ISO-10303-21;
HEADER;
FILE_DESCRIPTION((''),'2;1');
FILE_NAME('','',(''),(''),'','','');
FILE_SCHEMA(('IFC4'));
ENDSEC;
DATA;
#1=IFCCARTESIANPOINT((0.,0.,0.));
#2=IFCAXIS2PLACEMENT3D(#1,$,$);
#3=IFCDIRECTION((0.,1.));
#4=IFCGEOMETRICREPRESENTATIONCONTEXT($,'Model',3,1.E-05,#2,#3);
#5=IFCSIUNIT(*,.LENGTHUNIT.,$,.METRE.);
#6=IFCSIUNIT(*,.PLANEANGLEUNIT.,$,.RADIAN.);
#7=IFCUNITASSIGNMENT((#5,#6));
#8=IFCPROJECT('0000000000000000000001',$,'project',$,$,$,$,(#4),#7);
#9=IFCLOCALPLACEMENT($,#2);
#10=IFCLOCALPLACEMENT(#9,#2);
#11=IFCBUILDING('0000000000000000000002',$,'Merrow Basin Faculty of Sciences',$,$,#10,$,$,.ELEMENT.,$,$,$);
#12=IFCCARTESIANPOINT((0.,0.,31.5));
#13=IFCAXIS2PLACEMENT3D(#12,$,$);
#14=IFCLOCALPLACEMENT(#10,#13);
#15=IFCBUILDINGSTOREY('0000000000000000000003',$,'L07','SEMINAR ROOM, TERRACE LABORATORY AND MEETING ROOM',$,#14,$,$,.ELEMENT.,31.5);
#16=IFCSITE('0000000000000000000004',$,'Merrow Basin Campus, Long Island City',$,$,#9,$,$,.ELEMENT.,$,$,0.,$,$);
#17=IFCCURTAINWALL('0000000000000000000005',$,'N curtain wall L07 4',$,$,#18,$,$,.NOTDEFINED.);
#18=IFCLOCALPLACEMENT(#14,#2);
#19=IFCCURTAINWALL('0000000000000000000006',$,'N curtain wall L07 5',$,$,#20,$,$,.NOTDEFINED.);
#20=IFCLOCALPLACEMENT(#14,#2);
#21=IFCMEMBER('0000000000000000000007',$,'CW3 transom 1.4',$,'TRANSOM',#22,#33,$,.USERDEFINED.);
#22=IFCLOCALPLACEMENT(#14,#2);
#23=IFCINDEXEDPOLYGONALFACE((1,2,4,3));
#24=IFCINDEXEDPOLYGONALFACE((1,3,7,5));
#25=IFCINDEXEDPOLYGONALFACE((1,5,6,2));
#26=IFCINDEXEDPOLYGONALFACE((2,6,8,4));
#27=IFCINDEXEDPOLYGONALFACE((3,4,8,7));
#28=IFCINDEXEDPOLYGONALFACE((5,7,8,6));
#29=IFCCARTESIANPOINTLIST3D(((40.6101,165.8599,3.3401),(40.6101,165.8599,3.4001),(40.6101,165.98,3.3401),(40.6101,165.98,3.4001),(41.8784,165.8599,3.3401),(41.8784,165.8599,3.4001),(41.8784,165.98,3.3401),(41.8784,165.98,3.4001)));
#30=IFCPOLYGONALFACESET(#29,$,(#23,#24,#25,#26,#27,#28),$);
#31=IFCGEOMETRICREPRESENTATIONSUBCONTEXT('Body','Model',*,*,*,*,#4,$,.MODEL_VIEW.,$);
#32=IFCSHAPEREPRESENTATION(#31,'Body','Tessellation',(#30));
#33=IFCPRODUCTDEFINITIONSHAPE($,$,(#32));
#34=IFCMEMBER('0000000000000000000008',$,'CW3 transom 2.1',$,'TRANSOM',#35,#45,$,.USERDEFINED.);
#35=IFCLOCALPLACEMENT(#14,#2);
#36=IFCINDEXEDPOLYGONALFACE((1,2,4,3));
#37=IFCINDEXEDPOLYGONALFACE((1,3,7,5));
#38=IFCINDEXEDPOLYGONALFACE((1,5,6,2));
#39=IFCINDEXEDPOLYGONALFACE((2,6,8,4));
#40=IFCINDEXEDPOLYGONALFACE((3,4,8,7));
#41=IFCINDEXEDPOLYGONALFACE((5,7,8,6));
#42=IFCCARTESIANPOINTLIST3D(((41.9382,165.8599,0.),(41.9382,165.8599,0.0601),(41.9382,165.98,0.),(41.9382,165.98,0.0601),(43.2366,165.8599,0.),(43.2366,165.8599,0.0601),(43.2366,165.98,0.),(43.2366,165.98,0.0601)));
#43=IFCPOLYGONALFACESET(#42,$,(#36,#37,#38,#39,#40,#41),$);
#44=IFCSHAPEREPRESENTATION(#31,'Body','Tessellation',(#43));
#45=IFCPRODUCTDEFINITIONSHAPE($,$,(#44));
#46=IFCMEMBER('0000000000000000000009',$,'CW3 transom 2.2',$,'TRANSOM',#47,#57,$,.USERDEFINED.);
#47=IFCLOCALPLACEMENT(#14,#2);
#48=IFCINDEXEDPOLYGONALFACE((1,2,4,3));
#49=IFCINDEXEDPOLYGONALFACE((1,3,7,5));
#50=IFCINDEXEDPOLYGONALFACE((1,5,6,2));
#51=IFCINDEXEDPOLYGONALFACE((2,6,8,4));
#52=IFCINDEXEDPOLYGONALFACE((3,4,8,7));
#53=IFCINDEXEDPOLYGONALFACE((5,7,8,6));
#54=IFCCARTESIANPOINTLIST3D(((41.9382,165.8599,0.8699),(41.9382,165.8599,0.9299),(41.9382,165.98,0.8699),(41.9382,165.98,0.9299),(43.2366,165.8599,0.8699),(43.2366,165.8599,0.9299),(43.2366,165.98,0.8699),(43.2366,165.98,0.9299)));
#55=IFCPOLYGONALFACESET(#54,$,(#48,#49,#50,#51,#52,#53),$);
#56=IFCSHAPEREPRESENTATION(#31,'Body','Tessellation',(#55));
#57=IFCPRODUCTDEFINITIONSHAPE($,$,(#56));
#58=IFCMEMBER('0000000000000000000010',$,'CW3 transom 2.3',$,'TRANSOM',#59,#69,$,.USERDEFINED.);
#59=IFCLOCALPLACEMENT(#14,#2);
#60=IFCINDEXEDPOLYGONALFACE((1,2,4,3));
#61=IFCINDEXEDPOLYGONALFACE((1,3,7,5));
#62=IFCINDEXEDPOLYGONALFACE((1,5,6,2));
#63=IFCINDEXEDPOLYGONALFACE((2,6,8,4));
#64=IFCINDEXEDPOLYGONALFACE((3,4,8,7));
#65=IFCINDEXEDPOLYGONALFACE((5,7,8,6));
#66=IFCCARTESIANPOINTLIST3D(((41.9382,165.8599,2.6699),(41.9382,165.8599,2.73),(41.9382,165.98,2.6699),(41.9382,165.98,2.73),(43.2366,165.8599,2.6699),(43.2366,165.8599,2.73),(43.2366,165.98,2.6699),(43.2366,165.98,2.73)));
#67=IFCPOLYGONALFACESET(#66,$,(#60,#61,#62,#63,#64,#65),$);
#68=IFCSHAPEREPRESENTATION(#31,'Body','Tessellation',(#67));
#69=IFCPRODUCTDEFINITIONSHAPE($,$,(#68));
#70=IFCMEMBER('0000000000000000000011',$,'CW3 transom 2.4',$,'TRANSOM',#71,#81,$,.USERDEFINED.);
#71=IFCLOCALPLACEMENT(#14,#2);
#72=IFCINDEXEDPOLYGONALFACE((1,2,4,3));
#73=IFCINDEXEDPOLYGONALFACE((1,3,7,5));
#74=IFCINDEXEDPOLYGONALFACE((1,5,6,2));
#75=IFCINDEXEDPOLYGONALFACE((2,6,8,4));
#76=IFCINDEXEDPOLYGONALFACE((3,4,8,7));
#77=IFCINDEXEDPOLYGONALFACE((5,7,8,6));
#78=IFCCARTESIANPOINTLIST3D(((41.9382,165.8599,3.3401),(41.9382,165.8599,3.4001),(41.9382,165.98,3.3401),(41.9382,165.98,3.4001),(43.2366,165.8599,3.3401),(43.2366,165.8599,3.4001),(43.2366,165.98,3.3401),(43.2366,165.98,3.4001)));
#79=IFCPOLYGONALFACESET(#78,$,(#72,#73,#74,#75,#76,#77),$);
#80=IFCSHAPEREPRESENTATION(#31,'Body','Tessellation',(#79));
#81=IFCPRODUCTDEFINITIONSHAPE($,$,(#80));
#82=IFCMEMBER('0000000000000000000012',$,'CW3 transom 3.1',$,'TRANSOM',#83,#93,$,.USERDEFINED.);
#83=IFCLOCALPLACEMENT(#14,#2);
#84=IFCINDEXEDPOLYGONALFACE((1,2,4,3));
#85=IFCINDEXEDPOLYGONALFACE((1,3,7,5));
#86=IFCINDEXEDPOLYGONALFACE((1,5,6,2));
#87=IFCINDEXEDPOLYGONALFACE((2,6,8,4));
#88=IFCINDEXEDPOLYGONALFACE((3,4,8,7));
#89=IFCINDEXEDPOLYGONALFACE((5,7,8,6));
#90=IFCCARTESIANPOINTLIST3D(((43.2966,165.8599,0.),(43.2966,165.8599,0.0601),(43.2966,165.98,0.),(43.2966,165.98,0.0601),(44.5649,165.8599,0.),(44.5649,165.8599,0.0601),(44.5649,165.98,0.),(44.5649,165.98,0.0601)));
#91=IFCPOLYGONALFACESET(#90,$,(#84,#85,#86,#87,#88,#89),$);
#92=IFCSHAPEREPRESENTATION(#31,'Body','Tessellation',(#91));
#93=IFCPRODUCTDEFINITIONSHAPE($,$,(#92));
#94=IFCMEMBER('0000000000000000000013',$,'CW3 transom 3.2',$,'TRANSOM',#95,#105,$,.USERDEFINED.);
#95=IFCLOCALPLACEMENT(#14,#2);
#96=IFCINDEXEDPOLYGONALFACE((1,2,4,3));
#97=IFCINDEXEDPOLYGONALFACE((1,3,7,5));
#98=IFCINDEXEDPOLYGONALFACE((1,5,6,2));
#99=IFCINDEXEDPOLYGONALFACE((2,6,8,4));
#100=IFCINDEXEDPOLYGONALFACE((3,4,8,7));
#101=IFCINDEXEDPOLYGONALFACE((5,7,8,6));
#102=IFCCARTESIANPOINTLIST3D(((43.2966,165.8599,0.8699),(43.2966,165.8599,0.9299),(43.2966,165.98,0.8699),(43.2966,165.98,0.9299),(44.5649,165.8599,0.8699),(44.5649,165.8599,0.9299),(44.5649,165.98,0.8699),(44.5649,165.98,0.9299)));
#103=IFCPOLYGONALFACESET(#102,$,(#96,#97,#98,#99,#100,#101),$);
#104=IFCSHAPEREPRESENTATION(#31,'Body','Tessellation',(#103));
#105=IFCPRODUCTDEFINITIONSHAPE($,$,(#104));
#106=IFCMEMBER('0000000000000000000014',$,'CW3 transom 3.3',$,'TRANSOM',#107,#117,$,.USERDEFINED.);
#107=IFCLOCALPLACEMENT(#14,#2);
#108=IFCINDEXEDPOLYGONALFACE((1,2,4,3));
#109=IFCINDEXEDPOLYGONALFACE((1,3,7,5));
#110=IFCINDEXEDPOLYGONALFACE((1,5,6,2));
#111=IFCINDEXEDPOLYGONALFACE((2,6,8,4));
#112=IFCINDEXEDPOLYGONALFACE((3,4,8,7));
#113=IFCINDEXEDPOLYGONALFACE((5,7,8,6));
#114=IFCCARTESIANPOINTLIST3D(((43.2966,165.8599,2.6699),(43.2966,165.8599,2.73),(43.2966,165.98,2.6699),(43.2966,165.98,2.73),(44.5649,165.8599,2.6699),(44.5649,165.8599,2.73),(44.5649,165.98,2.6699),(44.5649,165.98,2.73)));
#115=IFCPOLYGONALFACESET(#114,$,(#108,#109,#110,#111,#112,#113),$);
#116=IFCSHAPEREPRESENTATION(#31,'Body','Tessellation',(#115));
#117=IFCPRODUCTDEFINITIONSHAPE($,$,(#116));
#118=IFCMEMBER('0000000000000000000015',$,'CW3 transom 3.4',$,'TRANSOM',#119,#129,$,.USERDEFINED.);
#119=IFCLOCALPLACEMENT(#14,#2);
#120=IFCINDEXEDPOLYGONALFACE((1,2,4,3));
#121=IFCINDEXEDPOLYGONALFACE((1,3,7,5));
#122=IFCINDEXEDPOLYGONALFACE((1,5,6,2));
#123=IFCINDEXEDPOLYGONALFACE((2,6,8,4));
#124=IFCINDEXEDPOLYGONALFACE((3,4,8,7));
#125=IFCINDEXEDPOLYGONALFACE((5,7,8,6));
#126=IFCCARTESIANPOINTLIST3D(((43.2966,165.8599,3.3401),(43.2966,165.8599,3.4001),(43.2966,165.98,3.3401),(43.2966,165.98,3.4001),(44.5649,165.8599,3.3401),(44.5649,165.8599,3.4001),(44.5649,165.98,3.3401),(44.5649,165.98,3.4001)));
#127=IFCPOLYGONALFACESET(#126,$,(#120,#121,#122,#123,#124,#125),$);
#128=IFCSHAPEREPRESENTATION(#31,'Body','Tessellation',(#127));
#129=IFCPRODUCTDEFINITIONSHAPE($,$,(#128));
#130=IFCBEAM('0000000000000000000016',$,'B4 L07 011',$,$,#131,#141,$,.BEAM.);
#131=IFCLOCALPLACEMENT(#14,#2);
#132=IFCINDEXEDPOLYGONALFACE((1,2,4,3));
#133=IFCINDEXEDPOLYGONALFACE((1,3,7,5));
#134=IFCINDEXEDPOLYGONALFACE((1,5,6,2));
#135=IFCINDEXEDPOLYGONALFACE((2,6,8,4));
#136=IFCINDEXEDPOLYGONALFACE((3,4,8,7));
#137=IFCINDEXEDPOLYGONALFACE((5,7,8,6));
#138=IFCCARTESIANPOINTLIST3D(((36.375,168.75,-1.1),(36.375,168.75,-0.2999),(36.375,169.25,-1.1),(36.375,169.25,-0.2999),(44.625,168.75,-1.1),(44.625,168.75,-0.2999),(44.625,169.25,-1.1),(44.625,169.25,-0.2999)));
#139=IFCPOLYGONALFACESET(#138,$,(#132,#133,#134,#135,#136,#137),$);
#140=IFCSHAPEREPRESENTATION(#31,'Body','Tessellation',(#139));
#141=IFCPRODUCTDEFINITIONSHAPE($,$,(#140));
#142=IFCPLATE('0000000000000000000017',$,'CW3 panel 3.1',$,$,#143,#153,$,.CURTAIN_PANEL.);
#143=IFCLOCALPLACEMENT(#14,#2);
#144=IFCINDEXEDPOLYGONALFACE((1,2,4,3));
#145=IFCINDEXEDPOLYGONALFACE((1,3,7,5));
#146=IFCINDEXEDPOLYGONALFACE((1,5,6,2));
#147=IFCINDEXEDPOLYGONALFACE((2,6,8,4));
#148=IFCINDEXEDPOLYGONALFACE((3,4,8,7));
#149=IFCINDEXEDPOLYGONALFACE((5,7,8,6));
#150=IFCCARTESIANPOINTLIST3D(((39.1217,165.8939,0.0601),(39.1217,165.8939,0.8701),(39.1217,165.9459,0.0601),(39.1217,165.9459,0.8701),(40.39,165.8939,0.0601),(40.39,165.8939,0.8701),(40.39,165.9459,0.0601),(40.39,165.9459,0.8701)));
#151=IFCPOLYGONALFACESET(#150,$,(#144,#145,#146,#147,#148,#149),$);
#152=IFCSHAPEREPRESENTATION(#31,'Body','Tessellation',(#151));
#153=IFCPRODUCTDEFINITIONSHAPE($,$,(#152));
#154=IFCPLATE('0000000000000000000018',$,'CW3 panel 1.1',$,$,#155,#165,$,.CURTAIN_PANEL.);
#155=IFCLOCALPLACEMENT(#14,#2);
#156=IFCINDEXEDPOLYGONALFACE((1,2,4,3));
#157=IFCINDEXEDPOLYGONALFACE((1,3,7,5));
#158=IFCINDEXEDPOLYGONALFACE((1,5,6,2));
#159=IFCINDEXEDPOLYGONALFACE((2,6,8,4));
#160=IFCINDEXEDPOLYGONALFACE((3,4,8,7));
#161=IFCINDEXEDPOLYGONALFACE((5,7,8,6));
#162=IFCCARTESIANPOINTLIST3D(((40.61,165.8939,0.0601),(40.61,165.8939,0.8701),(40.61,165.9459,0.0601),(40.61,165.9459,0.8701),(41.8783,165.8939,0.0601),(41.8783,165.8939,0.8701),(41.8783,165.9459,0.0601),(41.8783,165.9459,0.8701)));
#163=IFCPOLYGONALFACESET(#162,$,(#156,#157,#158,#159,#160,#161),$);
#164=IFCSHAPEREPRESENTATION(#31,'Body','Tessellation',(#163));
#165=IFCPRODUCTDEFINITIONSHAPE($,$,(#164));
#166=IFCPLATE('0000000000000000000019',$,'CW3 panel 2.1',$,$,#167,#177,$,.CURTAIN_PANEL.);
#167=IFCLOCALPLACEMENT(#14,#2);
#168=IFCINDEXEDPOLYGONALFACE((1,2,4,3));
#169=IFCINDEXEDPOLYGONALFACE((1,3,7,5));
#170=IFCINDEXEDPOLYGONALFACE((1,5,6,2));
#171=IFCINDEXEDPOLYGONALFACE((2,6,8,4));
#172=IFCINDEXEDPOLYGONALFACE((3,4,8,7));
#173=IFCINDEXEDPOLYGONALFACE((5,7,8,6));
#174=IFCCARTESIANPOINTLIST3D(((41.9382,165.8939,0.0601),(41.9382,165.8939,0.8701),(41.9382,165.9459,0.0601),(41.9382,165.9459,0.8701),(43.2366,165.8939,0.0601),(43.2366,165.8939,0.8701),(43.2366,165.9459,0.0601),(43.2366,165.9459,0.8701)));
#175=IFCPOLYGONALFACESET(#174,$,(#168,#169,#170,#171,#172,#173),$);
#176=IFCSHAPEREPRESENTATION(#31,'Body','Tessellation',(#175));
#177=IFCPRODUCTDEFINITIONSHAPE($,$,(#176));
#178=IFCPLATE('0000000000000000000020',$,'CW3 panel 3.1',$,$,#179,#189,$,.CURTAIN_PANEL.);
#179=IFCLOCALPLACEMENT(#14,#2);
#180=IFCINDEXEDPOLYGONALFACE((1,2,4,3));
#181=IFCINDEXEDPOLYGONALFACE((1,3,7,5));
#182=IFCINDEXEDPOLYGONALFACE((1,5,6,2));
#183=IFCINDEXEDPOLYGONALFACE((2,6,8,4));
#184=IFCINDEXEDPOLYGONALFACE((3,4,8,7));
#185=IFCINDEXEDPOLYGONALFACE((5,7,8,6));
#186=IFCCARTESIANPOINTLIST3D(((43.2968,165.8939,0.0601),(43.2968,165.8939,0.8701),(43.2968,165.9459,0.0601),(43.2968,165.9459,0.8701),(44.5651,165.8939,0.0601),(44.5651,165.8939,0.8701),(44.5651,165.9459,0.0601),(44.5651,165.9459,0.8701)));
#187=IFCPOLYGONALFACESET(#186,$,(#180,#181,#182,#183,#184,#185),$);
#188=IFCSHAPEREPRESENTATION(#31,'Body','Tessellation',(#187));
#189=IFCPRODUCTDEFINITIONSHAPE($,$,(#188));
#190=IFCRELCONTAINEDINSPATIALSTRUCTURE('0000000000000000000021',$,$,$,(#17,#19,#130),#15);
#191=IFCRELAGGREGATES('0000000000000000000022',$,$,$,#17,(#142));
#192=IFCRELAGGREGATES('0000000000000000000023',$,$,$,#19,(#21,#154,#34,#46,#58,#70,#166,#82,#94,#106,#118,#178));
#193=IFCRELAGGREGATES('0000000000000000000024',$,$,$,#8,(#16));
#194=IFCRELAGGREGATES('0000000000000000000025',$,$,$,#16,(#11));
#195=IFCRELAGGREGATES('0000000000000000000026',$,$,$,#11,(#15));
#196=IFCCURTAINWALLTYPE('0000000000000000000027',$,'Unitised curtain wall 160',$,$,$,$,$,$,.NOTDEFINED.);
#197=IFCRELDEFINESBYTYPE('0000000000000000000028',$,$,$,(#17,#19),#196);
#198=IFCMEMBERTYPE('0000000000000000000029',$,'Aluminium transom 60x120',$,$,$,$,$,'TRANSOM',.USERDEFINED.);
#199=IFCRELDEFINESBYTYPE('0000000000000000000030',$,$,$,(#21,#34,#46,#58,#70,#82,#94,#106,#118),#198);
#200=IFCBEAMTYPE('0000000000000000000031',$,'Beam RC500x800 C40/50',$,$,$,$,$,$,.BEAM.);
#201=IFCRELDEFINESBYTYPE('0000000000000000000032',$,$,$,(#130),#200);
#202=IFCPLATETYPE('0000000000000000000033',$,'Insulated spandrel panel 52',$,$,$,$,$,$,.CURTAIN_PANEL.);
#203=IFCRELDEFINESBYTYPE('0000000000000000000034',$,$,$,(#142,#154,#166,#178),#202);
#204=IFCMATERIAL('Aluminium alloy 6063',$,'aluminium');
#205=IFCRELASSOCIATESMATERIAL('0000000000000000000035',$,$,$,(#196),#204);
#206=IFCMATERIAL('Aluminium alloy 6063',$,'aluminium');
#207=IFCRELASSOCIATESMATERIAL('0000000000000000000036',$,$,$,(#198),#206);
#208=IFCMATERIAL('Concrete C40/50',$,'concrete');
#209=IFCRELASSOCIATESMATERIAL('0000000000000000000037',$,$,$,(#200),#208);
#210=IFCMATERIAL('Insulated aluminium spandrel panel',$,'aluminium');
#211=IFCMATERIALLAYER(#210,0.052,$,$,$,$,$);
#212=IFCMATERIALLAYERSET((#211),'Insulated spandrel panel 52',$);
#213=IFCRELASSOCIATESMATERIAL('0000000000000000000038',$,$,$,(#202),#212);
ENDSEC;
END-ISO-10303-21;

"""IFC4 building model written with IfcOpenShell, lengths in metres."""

from ifc_helpers import new_model, si_unit, direction, frame, origin, origin_2d, place, context, subcontext, project, spatial, rectangle, extrude, material, layer, layer_set, material_profile, profile_set, type_object, element, aggregate, save


model = new_model("IFC4")

# Units and contexts
model_context = context("Model", 3, precision=1e-05, world=origin(), true_north=direction((0.0, 1.0)))
body_context = subcontext(model_context, "Body", "Model", "MODEL_VIEW")
ifc_project = project(units=[si_unit("LENGTHUNIT", "METRE"), si_unit("PLANEANGLEUNIT", "RADIAN")], contexts=[model_context])

# Site, building, storey
site_placement = place(None, origin())
site = spatial("IfcSite", under=ifc_project, at=site_placement, Name="Merrow Basin Campus, Long Island City", CompositionType="ELEMENT", RefElevation=0.0)
building_placement = place(site_placement, origin())
building = spatial("IfcBuilding", under=site, at=building_placement, Name="Merrow Basin Faculty of Sciences", CompositionType="ELEMENT")
storey_placement = place(building_placement, frame((0.0, 0.0, 31.5)))
storey = spatial("IfcBuildingStorey", under=building, at=storey_placement, Name="L07", Description="SEMINAR ROOM, TERRACE LABORATORY AND MEETING ROOM", CompositionType="ELEMENT", Elevation=31.5)

# Curtain walls
ifc_material_1 = material(Name="Aluminium alloy 6063", Category="aluminium")
curtain_wall_type = type_object("IfcCurtainWallType", Name="Unitised curtain wall 160", PredefinedType="NOTDEFINED", material=ifc_material_1)
curtain_wall_1_placement = place(storey_placement, origin())
curtain_wall_1 = element("IfcCurtainWall", 1, at=curtain_wall_1_placement, inside=storey, type_object=curtain_wall_type, Name="N curtain wall L07 4", PredefinedType="NOTDEFINED")
curtain_wall_2_placement = place(storey_placement, origin())
curtain_wall_2 = element("IfcCurtainWall", 2, at=curtain_wall_2_placement, inside=storey, type_object=curtain_wall_type, Name="N curtain wall L07 5", PredefinedType="NOTDEFINED")

# Members
ifc_material_2 = material(Name="Aluminium alloy 6063", Category="aluminium")
ifc_material_profile_1 = material_profile(ifc_material_2, rectangle(XDim=0.1201, YDim=0.0601, at=origin_2d()))
ifc_profile_set_1 = profile_set([ifc_material_profile_1], Name="Aluminium alloy 6063")
member_type_1 = type_object("IfcMemberType", Name="Aluminium transom 60x120", ElementType="TRANSOM", PredefinedType="USERDEFINED", material=ifc_profile_set_1)
member_1_placement = place(storey_placement, frame((40.6101, 165.9199, 3.3701), z_axis=(1.0, 0.0, 0.0), x_axis=(0.0, 1.0, 0.0)))
member_1 = element("IfcMember", 3, at=member_1_placement, type_object=member_type_1, Name="CW3 transom 1.4", ObjectType="TRANSOM", PredefinedType="USERDEFINED", context=body_context, shape_type="SweptSolid", body=[
    extrude(rectangle(XDim=0.1201, YDim=0.0601, at=origin_2d()), origin(), (0.0, 0.0, 1.0), 1.2683),
])
member_2_placement = place(storey_placement, frame((41.9382, 165.9199, 0.03), z_axis=(1.0, 0.0, 0.0), x_axis=(0.0, 1.0, 0.0)))
member_2 = element("IfcMember", 4, at=member_2_placement, type_object=member_type_1, Name="CW3 transom 2.1", ObjectType="TRANSOM", PredefinedType="USERDEFINED", context=body_context, shape_type="SweptSolid", body=[
    extrude(rectangle(XDim=0.1201, YDim=0.0601, at=origin_2d()), origin(), (0.0, 0.0, 1.0), 1.2983),
])
member_3_placement = place(storey_placement, frame((41.9382, 165.9199, 0.8999), z_axis=(1.0, 0.0, 0.0), x_axis=(0.0, 1.0, 0.0)))
member_3 = element("IfcMember", 5, at=member_3_placement, type_object=member_type_1, Name="CW3 transom 2.2", ObjectType="TRANSOM", PredefinedType="USERDEFINED", context=body_context, shape_type="SweptSolid", body=[
    extrude(rectangle(XDim=0.1201, YDim=0.0601, at=origin_2d()), origin(), (0.0, 0.0, 1.0), 1.2983),
])
member_4_placement = place(storey_placement, frame((41.9382, 165.9199, 2.7), z_axis=(1.0, 0.0, 0.0), x_axis=(0.0, 1.0, 0.0)))
member_4 = element("IfcMember", 6, at=member_4_placement, type_object=member_type_1, Name="CW3 transom 2.3", ObjectType="TRANSOM", PredefinedType="USERDEFINED", context=body_context, shape_type="SweptSolid", body=[
    extrude(rectangle(XDim=0.1201, YDim=0.0601, at=origin_2d()), origin(), (0.0, 0.0, 1.0), 1.2983),
])
member_5_placement = place(storey_placement, frame((41.9382, 165.9199, 3.3701), z_axis=(1.0, 0.0, 0.0), x_axis=(0.0, 1.0, 0.0)))
member_5 = element("IfcMember", 7, at=member_5_placement, type_object=member_type_1, Name="CW3 transom 2.4", ObjectType="TRANSOM", PredefinedType="USERDEFINED", context=body_context, shape_type="SweptSolid", body=[
    extrude(rectangle(XDim=0.1201, YDim=0.0601, at=origin_2d()), origin(), (0.0, 0.0, 1.0), 1.2983),
])
member_6_placement = place(storey_placement, frame((43.2966, 165.9199, 0.03), z_axis=(1.0, 0.0, 0.0), x_axis=(0.0, 1.0, 0.0)))
member_6 = element("IfcMember", 8, at=member_6_placement, type_object=member_type_1, Name="CW3 transom 3.1", ObjectType="TRANSOM", PredefinedType="USERDEFINED", context=body_context, shape_type="SweptSolid", body=[
    extrude(rectangle(XDim=0.1201, YDim=0.0601, at=origin_2d()), origin(), (0.0, 0.0, 1.0), 1.2683),
])
member_7_placement = place(storey_placement, frame((43.2966, 165.9199, 0.8999), z_axis=(1.0, 0.0, 0.0), x_axis=(0.0, 1.0, 0.0)))
member_7 = element("IfcMember", 9, at=member_7_placement, type_object=member_type_1, Name="CW3 transom 3.2", ObjectType="TRANSOM", PredefinedType="USERDEFINED", context=body_context, shape_type="SweptSolid", body=[
    extrude(rectangle(XDim=0.1201, YDim=0.0601, at=origin_2d()), origin(), (0.0, 0.0, 1.0), 1.2683),
])
member_8_placement = place(storey_placement, frame((43.2966, 165.9199, 2.7), z_axis=(1.0, 0.0, 0.0), x_axis=(0.0, 1.0, 0.0)))
member_8 = element("IfcMember", 10, at=member_8_placement, type_object=member_type_1, Name="CW3 transom 3.3", ObjectType="TRANSOM", PredefinedType="USERDEFINED", context=body_context, shape_type="SweptSolid", body=[
    extrude(rectangle(XDim=0.1201, YDim=0.0601, at=origin_2d()), origin(), (0.0, 0.0, 1.0), 1.2683),
])
member_9_placement = place(storey_placement, frame((43.2966, 165.9199, 3.3701), z_axis=(1.0, 0.0, 0.0), x_axis=(0.0, 1.0, 0.0)))
member_9 = element("IfcMember", 11, at=member_9_placement, type_object=member_type_1, Name="CW3 transom 3.4", ObjectType="TRANSOM", PredefinedType="USERDEFINED", context=body_context, shape_type="SweptSolid", body=[
    extrude(rectangle(XDim=0.1201, YDim=0.0601, at=origin_2d()), origin(), (0.0, 0.0, 1.0), 1.2683),
])

# Beam
ifc_material_3 = material(Name="Concrete C40/50", Category="concrete")
ifc_material_profile_2 = material_profile(ifc_material_3, rectangle(XDim=0.5, YDim=0.8, at=origin_2d()))
ifc_profile_set_2 = profile_set([ifc_material_profile_2], Name="Concrete C40/50")
beam_type = type_object("IfcBeamType", Name="Beam RC500x800 C40/50", PredefinedType="BEAM", material=ifc_profile_set_2)
beam_placement = place(storey_placement, frame((36.375, 169.0, -0.7), z_axis=(1.0, 0.0, 0.0), x_axis=(0.0, 1.0, 0.0)))
element("IfcBeam", 12, at=beam_placement, inside=storey, type_object=beam_type, Name="B4 L07 011", PredefinedType="BEAM", context=body_context, shape_type="SweptSolid", body=[
    extrude(rectangle(XDim=0.5, YDim=0.8, at=origin_2d()), origin(), (0.0, 0.0, 1.0), 8.25),
])

# Plates
ifc_material_4 = material(Name="Insulated aluminium spandrel panel", Category="aluminium")
ifc_layer_1 = layer(ifc_material_4, 0.052)
ifc_layer_set_1 = layer_set([ifc_layer_1], Name="Insulated spandrel panel 52")
plate_type_1 = type_object("IfcPlateType", Name="Insulated spandrel panel 52", PredefinedType="CURTAIN_PANEL", material=ifc_layer_set_1)
plate_1_placement = place(storey_placement, frame((39.7559, 165.9199, 0.0601), z_axis=(0.0, 0.0, 1.0), x_axis=(1.0, 0.0, 0.0)))
plate_1 = element("IfcPlate", 13, at=plate_1_placement, type_object=plate_type_1, Name="CW3 panel 3.1", PredefinedType="CURTAIN_PANEL", context=body_context, shape_type="SweptSolid", body=[
    extrude(rectangle(XDim=1.2683, YDim=0.052, at=origin_2d()), origin(), (0.0, 0.0, 1.0), 0.8101),
])
plate_2_placement = place(storey_placement, frame((41.2441, 165.9199, 0.0601), z_axis=(0.0, 0.0, 1.0), x_axis=(1.0, 0.0, 0.0)))
plate_2 = element("IfcPlate", 14, at=plate_2_placement, type_object=plate_type_1, Name="CW3 panel 1.1", PredefinedType="CURTAIN_PANEL", context=body_context, shape_type="SweptSolid", body=[
    extrude(rectangle(XDim=1.2683, YDim=0.052, at=origin_2d()), origin(), (0.0, 0.0, 1.0), 0.8101),
])
plate_3_placement = place(storey_placement, frame((42.5874, 165.9199, 0.0601), z_axis=(0.0, 0.0, 1.0), x_axis=(1.0, 0.0, 0.0)))
plate_3 = element("IfcPlate", 15, at=plate_3_placement, type_object=plate_type_1, Name="CW3 panel 2.1", PredefinedType="CURTAIN_PANEL", context=body_context, shape_type="SweptSolid", body=[
    extrude(rectangle(XDim=1.2983, YDim=0.052, at=origin_2d()), origin(), (0.0, 0.0, 1.0), 0.8101),
])
plate_4_placement = place(storey_placement, frame((43.9309, 165.9199, 0.0601), z_axis=(0.0, 0.0, 1.0), x_axis=(1.0, 0.0, 0.0)))
plate_4 = element("IfcPlate", 16, at=plate_4_placement, type_object=plate_type_1, Name="CW3 panel 3.1", PredefinedType="CURTAIN_PANEL", context=body_context, shape_type="SweptSolid", body=[
    extrude(rectangle(XDim=1.2683, YDim=0.052, at=origin_2d()), origin(), (0.0, 0.0, 1.0), 0.8101),
])
aggregate(curtain_wall_1, [plate_1])
aggregate(curtain_wall_2, [member_1, plate_2, member_2, member_3, member_4, member_5, plate_3, member_6, member_7, member_8, member_9, plate_4])

save(model, "model.ifc")
